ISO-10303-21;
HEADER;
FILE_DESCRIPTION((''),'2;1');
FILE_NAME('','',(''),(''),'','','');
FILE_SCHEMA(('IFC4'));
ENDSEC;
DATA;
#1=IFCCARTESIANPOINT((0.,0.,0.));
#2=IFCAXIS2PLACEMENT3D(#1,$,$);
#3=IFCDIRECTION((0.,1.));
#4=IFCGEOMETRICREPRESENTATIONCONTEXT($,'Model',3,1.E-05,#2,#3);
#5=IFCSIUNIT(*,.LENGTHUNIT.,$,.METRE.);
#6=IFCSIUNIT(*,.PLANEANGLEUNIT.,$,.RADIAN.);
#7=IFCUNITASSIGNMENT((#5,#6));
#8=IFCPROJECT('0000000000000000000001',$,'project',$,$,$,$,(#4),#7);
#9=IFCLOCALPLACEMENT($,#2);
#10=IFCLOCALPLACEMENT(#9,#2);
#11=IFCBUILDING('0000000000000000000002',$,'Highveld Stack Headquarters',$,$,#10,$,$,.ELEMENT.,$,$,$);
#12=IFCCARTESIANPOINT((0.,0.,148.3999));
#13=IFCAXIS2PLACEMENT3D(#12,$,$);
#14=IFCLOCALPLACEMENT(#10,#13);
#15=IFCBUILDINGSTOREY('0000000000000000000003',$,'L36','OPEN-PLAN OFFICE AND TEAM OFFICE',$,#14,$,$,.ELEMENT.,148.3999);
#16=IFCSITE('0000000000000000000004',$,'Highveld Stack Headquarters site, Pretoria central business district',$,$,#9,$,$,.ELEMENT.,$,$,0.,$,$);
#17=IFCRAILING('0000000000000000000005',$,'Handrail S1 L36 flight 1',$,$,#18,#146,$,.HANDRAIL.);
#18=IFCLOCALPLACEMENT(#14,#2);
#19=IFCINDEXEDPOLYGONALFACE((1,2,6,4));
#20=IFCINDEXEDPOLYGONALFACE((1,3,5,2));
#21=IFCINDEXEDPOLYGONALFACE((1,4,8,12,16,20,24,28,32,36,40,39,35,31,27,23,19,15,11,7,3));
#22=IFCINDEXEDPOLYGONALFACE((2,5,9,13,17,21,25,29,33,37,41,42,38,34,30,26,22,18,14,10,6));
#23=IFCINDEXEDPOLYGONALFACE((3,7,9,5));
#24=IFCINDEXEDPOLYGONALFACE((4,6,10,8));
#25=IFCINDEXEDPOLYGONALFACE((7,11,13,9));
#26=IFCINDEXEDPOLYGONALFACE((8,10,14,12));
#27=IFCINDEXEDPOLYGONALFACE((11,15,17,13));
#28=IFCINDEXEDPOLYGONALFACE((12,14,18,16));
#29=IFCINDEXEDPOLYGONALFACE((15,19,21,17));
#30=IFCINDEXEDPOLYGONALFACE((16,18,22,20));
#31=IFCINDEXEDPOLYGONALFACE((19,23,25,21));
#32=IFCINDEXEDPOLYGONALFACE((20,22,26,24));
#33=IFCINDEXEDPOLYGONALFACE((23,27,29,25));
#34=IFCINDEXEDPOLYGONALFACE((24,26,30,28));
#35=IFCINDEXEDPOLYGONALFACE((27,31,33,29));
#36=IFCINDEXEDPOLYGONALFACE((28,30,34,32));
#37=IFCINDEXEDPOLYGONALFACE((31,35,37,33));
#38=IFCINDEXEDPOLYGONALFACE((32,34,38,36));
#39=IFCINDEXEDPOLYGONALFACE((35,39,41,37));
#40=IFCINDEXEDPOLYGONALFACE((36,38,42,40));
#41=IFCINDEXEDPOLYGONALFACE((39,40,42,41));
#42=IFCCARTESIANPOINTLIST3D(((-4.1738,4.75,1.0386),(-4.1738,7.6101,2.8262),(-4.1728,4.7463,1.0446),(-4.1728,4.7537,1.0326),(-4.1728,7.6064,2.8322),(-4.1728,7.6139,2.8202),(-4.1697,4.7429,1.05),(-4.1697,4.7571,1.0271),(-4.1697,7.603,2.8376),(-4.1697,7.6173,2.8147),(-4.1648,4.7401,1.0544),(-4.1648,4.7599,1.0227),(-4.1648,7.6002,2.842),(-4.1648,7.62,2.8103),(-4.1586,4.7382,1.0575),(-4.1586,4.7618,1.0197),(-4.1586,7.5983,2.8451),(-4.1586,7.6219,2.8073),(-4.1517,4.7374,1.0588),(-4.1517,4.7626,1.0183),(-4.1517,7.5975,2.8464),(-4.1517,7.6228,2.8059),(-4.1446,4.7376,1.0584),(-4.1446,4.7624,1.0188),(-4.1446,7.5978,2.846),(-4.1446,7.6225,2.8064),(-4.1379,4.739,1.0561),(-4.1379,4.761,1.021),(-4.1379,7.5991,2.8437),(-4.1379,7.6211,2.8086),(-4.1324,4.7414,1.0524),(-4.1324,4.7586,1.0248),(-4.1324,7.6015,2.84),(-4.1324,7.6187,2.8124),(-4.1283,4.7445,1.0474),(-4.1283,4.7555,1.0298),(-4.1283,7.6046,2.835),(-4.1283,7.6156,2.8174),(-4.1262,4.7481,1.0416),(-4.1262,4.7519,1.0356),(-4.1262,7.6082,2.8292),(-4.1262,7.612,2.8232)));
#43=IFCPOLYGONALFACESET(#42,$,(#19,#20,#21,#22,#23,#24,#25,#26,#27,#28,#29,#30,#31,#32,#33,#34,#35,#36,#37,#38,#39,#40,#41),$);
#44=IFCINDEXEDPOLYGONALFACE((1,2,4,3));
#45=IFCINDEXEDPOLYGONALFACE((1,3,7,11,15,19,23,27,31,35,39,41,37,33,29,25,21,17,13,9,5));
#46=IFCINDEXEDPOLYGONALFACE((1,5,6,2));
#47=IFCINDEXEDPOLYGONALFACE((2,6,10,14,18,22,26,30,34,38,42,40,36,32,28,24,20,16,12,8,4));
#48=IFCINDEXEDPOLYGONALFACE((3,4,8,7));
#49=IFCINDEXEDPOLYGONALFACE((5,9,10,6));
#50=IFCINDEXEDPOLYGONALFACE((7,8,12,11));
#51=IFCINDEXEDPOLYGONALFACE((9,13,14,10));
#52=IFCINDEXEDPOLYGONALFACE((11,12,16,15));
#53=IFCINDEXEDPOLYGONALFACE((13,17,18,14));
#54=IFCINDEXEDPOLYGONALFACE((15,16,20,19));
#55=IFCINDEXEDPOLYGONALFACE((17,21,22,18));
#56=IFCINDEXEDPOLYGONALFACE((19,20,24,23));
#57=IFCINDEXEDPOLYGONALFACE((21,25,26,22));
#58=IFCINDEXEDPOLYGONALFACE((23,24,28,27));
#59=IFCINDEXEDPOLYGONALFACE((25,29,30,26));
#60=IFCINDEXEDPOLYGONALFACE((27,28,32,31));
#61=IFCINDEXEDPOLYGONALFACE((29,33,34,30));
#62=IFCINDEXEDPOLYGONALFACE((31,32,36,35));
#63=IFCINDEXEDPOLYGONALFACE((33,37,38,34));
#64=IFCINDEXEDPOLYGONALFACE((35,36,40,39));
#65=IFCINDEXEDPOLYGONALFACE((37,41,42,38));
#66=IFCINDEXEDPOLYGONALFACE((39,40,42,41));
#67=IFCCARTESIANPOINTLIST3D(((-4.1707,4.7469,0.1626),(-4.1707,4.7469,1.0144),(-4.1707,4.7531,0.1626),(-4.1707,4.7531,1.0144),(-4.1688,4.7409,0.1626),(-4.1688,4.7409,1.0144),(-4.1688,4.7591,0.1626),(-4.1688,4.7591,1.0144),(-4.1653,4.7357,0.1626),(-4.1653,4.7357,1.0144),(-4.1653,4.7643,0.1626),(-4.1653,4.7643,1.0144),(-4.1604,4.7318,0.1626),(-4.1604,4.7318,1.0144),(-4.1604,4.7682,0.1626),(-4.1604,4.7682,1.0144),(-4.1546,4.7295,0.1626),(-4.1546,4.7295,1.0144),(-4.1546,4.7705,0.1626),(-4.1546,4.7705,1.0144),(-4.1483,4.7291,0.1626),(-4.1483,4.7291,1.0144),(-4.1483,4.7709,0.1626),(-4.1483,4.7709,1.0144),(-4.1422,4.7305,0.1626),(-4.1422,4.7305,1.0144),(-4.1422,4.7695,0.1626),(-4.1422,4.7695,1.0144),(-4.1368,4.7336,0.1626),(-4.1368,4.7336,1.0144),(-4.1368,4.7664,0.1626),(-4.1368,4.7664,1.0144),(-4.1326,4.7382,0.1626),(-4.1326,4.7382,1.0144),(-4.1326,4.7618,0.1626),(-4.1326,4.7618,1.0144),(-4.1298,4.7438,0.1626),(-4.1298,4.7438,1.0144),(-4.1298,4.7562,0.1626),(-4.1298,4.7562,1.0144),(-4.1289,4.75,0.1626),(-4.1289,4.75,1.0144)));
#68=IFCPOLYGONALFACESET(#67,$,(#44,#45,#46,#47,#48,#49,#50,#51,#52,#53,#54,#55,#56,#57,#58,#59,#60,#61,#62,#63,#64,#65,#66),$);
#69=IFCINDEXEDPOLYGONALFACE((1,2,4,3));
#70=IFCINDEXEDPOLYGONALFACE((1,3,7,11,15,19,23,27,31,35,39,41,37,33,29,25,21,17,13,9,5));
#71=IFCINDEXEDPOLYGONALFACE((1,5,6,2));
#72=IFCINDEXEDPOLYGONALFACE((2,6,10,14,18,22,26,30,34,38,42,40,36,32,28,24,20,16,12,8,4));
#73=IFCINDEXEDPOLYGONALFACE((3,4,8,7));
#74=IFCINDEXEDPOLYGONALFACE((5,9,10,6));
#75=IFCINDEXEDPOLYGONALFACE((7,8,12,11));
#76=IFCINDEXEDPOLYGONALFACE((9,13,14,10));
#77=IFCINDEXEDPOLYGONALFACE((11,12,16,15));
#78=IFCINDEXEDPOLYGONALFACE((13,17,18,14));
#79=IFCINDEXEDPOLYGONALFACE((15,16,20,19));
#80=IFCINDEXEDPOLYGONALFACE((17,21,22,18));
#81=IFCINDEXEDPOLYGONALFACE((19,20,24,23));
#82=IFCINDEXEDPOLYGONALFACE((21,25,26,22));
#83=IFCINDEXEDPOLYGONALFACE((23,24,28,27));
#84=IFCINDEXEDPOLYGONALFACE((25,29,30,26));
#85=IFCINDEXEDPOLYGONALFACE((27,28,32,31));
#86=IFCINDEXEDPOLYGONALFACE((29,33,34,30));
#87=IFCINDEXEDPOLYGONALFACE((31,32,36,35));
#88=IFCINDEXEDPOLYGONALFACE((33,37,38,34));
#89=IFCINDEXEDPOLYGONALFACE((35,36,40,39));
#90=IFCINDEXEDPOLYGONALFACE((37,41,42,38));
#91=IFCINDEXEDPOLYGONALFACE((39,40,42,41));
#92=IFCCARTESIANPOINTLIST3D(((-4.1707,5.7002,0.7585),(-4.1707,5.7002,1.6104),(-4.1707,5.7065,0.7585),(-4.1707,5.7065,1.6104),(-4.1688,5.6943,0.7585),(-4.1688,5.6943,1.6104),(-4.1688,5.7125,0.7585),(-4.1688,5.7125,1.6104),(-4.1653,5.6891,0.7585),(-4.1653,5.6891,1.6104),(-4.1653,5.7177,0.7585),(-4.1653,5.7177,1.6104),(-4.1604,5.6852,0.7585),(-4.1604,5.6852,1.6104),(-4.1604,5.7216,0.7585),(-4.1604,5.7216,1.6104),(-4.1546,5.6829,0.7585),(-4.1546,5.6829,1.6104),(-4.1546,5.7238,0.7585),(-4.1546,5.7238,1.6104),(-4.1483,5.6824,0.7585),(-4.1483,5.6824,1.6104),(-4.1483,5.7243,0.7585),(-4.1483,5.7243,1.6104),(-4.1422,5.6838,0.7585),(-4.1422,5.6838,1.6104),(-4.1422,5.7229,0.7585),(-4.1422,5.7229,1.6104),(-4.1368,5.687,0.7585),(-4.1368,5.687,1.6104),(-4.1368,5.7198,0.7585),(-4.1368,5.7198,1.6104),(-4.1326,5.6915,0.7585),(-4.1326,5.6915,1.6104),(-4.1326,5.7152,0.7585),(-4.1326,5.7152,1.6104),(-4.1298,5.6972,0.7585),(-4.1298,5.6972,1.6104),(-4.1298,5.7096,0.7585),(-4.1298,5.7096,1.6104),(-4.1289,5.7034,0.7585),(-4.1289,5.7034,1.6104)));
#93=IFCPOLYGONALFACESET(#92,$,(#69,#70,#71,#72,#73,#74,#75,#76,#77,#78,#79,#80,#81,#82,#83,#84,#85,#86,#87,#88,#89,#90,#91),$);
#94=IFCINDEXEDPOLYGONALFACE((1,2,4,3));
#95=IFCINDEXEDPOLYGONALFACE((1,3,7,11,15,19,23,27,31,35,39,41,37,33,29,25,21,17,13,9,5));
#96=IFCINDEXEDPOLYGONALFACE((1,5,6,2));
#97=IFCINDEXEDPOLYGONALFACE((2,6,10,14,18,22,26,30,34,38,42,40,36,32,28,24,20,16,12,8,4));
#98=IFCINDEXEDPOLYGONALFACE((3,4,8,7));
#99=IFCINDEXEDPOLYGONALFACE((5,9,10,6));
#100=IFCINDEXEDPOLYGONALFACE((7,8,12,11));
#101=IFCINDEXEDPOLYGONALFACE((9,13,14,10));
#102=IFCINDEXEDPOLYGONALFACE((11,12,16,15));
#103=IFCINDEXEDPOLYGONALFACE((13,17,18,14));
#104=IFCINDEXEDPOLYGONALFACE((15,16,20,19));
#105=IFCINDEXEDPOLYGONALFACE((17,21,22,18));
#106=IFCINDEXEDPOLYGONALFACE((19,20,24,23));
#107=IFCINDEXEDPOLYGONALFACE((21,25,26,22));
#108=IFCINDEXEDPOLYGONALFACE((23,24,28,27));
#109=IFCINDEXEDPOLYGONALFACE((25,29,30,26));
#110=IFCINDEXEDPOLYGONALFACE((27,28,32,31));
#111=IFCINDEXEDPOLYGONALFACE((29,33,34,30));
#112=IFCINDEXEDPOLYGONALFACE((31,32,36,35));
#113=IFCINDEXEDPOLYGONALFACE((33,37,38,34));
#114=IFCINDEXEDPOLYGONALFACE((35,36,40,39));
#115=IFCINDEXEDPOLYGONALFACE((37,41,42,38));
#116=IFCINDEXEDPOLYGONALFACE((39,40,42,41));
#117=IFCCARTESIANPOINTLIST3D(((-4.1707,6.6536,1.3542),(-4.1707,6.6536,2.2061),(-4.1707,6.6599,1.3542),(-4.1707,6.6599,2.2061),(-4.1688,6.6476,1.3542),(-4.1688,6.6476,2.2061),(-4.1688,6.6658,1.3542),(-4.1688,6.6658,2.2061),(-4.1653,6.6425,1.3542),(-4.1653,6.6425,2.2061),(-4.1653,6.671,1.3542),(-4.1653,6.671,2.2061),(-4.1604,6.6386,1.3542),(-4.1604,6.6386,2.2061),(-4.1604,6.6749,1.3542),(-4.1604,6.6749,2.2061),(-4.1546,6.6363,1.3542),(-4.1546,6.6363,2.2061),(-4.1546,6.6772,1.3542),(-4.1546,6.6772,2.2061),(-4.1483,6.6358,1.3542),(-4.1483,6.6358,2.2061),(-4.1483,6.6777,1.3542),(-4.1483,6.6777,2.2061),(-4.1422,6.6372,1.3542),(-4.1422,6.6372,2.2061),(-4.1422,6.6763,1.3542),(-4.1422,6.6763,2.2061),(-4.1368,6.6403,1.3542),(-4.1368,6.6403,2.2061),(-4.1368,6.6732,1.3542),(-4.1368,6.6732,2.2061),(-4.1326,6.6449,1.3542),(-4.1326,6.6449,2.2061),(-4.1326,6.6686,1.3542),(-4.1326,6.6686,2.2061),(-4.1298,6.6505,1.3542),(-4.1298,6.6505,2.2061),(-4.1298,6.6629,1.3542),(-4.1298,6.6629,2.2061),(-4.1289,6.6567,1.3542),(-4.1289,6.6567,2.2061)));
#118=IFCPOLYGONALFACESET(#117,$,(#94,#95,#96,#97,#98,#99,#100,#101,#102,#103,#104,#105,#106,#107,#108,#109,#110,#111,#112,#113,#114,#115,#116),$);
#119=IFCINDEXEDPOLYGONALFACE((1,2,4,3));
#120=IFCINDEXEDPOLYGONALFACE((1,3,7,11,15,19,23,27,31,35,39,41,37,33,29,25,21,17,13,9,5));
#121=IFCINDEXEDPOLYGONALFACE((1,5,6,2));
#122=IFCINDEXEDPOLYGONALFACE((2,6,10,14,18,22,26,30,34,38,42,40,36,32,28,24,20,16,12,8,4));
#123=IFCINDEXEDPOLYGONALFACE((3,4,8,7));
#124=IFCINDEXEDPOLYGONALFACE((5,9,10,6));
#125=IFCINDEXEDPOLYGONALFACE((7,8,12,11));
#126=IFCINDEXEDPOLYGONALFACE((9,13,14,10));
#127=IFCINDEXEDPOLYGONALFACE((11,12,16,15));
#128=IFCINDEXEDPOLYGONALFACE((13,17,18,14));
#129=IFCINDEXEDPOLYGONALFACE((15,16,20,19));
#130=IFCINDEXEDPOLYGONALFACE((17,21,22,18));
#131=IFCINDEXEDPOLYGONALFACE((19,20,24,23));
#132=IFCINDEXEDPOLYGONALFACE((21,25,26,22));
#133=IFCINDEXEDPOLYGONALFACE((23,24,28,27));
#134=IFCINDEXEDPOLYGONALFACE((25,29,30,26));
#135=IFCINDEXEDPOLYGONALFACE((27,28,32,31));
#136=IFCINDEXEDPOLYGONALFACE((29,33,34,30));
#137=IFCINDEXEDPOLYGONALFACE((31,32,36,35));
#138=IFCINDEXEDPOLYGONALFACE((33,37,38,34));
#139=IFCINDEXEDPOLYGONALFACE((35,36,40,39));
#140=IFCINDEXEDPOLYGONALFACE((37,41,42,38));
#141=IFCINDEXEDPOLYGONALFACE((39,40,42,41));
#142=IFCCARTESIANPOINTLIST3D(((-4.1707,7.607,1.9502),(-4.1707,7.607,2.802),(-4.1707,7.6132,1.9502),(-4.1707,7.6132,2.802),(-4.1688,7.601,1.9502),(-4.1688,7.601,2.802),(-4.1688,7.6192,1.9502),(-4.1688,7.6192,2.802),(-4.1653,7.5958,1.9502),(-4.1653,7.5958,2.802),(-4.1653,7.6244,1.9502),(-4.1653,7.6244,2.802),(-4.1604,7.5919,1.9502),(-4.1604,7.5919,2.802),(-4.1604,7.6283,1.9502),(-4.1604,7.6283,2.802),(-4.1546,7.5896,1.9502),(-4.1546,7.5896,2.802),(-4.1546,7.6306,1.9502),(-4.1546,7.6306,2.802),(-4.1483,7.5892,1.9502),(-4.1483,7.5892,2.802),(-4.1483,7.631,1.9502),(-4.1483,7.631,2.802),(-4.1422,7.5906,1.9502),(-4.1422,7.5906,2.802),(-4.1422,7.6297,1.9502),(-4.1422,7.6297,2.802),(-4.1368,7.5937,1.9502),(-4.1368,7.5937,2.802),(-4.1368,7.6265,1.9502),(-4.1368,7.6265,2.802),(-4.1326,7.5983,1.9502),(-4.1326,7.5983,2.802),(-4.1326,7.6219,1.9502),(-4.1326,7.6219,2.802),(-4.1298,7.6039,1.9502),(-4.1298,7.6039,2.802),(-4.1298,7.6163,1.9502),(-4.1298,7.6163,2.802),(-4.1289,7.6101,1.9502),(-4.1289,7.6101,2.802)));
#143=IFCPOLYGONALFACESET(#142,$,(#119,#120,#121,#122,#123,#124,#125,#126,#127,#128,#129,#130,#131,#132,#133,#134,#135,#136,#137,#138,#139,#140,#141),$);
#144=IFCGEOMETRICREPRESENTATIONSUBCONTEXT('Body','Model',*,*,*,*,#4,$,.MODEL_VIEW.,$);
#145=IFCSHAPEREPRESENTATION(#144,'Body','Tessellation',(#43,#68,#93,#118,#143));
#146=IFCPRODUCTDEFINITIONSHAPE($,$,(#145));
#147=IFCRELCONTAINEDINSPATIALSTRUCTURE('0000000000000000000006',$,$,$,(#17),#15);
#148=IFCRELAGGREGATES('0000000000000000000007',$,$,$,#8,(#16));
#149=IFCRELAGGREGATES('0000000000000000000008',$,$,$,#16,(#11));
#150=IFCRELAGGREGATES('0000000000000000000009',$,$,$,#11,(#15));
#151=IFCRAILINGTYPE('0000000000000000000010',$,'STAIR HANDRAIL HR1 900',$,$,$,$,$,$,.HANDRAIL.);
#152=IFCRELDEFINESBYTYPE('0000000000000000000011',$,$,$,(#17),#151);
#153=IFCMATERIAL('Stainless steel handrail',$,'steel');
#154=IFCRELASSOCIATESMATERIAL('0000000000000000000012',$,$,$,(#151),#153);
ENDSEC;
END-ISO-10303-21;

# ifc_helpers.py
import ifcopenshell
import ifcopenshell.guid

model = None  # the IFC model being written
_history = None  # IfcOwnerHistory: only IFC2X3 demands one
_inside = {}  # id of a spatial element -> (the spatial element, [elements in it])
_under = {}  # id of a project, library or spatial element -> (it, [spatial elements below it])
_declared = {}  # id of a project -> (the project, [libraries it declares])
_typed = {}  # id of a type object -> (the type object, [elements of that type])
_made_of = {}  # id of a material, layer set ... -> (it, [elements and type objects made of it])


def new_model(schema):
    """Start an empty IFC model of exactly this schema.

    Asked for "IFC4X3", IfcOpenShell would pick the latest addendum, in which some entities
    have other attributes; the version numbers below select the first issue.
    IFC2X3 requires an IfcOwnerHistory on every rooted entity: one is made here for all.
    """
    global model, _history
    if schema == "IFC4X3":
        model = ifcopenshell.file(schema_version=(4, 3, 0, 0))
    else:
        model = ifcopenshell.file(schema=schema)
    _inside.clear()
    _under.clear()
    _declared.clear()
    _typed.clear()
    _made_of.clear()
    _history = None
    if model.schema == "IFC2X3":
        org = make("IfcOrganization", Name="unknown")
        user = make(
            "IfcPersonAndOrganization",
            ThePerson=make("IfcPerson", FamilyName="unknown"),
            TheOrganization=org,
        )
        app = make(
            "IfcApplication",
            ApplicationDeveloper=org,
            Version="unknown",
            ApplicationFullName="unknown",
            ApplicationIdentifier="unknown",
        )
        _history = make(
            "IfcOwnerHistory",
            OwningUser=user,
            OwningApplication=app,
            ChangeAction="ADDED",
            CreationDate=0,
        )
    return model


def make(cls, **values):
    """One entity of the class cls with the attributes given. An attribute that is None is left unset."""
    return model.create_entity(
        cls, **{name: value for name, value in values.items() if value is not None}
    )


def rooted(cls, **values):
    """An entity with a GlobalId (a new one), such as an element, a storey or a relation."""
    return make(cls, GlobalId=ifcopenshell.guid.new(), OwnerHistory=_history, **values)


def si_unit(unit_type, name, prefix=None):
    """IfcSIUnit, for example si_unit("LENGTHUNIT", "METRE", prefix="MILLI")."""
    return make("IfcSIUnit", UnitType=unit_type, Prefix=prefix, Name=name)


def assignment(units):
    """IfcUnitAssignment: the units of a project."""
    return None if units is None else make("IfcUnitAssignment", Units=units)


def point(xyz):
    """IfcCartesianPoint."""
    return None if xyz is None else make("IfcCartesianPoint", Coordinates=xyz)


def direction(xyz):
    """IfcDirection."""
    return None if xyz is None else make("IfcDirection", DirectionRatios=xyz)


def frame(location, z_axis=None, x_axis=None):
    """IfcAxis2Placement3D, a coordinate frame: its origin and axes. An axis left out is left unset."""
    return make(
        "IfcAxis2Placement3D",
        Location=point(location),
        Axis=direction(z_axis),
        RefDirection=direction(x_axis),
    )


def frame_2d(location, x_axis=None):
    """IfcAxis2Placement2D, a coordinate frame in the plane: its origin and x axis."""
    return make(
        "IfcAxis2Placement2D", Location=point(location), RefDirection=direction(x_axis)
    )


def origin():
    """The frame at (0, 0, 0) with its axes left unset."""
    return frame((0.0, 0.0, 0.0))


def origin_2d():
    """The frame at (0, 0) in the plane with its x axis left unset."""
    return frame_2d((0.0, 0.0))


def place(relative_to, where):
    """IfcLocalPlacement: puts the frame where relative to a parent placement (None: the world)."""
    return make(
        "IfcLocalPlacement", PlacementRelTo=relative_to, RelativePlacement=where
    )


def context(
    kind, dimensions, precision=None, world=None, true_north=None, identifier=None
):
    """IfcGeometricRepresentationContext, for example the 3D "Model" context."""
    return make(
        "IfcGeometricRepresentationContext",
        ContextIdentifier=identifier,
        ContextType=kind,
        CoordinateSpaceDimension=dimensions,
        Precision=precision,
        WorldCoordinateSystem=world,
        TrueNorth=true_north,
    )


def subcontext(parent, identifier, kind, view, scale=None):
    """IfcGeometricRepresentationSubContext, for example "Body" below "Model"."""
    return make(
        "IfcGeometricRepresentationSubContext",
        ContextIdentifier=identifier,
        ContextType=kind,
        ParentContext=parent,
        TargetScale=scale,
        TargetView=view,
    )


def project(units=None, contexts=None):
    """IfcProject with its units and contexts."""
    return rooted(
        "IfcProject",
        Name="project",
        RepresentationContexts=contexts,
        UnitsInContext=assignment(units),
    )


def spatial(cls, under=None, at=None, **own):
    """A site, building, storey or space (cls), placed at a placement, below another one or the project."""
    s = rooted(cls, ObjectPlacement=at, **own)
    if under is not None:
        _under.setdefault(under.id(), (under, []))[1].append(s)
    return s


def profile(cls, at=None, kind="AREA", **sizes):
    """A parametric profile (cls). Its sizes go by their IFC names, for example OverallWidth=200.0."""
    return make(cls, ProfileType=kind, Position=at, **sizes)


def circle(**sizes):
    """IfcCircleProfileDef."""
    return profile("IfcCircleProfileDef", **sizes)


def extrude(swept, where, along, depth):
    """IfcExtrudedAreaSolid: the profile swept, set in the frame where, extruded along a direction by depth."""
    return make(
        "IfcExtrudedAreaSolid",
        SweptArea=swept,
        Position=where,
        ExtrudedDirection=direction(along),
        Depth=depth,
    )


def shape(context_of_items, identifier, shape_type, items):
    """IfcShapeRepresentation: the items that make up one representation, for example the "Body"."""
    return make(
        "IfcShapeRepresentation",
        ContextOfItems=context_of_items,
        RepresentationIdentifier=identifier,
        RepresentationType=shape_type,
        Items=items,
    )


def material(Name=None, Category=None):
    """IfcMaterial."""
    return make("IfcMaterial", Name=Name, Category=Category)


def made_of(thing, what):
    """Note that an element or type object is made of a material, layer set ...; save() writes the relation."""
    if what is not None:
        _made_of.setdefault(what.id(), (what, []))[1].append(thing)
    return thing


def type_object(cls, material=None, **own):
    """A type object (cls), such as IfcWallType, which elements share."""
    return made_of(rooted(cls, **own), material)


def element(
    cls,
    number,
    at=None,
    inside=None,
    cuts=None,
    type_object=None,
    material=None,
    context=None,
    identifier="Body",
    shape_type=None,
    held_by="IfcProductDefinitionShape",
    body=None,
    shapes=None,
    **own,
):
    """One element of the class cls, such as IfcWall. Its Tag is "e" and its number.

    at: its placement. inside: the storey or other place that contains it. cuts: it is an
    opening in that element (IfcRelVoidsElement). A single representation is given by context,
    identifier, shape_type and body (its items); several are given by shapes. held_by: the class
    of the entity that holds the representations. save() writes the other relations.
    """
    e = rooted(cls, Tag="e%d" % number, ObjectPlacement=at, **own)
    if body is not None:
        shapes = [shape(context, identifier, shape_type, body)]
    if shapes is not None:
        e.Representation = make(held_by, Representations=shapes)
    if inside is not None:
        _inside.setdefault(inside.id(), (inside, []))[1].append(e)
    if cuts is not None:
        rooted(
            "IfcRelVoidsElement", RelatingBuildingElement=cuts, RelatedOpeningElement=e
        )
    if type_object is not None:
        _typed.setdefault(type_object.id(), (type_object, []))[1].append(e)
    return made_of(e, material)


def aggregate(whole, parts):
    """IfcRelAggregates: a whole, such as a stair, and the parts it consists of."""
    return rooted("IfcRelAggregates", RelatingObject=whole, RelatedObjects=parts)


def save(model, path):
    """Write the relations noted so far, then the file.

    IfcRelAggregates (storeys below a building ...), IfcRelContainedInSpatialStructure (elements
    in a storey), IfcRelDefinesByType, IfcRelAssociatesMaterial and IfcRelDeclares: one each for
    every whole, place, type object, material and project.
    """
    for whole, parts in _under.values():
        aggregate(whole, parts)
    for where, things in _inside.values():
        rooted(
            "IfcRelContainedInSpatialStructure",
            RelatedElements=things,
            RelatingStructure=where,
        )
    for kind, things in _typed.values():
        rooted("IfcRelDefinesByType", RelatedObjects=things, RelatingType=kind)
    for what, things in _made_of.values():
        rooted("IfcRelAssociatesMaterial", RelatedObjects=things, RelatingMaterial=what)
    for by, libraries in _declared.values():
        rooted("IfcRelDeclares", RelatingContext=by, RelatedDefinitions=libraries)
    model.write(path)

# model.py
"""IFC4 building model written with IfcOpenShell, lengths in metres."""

from ifc_helpers import new_model, si_unit, direction, frame, origin, origin_2d, place, context, subcontext, project, spatial, circle, extrude, material, type_object, element, save


model = new_model("IFC4")

# Units and contexts
model_context = context("Model", 3, precision=1e-05, world=origin(), true_north=direction((0.0, 1.0)))
body_context = subcontext(model_context, "Body", "Model", "MODEL_VIEW")
ifc_project = project(units=[si_unit("LENGTHUNIT", "METRE"), si_unit("PLANEANGLEUNIT", "RADIAN")], contexts=[model_context])

# Site, building, storey
site_placement = place(None, origin())
site = spatial("IfcSite", under=ifc_project, at=site_placement, Name="Highveld Stack Headquarters site, Pretoria central business district", CompositionType="ELEMENT", RefElevation=0.0)
building_placement = place(site_placement, origin())
building = spatial("IfcBuilding", under=site, at=building_placement, Name="Highveld Stack Headquarters", CompositionType="ELEMENT")
storey_placement = place(building_placement, frame((0.0, 0.0, 148.3999)))
storey = spatial("IfcBuildingStorey", under=building, at=storey_placement, Name="L36", Description="OPEN-PLAN OFFICE AND TEAM OFFICE", CompositionType="ELEMENT", Elevation=148.3999)

# Railing
ifc_material_1 = material(Name="Stainless steel handrail", Category="steel")
railing_type = type_object("IfcRailingType", Name="STAIR HANDRAIL HR1 900", PredefinedType="HANDRAIL", material=ifc_material_1)
for number, where, name in (
    (1, (-4.1499, 4.75, 0.1626), "Handrail S1 L36 flight 1"),
):
    element("IfcRailing", number, at=place(storey_placement, frame(where)), inside=storey, type_object=railing_type, Name=name, PredefinedType="HANDRAIL", context=body_context, shape_type="SweptSolid", body=[
        extrude(circle(Radius=0.0239, at=origin_2d()), frame((0.0, 0.0, 0.876), z_axis=(0.0, 0.847994, 0.530005), x_axis=(-1.0, 0.0, 0.0)), (0.0, 0.0, 1.0), 3.3728),
        extrude(circle(Radius=0.021, at=origin_2d()), origin(), (0.0, 0.0, 1.0), 0.8518),
        extrude(circle(Radius=0.021, at=origin_2d()), frame((0.0, 0.9534, 0.5959)), (0.0, 0.0, 1.0), 0.8518),
        extrude(circle(Radius=0.021, at=origin_2d()), frame((0.0, 1.9067, 1.1917)), (0.0, 0.0, 1.0), 0.8518),
        extrude(circle(Radius=0.021, at=origin_2d()), frame((0.0, 2.8601, 1.7876)), (0.0, 0.0, 1.0), 0.8518),
    ])

save(model, "model.ifc")
